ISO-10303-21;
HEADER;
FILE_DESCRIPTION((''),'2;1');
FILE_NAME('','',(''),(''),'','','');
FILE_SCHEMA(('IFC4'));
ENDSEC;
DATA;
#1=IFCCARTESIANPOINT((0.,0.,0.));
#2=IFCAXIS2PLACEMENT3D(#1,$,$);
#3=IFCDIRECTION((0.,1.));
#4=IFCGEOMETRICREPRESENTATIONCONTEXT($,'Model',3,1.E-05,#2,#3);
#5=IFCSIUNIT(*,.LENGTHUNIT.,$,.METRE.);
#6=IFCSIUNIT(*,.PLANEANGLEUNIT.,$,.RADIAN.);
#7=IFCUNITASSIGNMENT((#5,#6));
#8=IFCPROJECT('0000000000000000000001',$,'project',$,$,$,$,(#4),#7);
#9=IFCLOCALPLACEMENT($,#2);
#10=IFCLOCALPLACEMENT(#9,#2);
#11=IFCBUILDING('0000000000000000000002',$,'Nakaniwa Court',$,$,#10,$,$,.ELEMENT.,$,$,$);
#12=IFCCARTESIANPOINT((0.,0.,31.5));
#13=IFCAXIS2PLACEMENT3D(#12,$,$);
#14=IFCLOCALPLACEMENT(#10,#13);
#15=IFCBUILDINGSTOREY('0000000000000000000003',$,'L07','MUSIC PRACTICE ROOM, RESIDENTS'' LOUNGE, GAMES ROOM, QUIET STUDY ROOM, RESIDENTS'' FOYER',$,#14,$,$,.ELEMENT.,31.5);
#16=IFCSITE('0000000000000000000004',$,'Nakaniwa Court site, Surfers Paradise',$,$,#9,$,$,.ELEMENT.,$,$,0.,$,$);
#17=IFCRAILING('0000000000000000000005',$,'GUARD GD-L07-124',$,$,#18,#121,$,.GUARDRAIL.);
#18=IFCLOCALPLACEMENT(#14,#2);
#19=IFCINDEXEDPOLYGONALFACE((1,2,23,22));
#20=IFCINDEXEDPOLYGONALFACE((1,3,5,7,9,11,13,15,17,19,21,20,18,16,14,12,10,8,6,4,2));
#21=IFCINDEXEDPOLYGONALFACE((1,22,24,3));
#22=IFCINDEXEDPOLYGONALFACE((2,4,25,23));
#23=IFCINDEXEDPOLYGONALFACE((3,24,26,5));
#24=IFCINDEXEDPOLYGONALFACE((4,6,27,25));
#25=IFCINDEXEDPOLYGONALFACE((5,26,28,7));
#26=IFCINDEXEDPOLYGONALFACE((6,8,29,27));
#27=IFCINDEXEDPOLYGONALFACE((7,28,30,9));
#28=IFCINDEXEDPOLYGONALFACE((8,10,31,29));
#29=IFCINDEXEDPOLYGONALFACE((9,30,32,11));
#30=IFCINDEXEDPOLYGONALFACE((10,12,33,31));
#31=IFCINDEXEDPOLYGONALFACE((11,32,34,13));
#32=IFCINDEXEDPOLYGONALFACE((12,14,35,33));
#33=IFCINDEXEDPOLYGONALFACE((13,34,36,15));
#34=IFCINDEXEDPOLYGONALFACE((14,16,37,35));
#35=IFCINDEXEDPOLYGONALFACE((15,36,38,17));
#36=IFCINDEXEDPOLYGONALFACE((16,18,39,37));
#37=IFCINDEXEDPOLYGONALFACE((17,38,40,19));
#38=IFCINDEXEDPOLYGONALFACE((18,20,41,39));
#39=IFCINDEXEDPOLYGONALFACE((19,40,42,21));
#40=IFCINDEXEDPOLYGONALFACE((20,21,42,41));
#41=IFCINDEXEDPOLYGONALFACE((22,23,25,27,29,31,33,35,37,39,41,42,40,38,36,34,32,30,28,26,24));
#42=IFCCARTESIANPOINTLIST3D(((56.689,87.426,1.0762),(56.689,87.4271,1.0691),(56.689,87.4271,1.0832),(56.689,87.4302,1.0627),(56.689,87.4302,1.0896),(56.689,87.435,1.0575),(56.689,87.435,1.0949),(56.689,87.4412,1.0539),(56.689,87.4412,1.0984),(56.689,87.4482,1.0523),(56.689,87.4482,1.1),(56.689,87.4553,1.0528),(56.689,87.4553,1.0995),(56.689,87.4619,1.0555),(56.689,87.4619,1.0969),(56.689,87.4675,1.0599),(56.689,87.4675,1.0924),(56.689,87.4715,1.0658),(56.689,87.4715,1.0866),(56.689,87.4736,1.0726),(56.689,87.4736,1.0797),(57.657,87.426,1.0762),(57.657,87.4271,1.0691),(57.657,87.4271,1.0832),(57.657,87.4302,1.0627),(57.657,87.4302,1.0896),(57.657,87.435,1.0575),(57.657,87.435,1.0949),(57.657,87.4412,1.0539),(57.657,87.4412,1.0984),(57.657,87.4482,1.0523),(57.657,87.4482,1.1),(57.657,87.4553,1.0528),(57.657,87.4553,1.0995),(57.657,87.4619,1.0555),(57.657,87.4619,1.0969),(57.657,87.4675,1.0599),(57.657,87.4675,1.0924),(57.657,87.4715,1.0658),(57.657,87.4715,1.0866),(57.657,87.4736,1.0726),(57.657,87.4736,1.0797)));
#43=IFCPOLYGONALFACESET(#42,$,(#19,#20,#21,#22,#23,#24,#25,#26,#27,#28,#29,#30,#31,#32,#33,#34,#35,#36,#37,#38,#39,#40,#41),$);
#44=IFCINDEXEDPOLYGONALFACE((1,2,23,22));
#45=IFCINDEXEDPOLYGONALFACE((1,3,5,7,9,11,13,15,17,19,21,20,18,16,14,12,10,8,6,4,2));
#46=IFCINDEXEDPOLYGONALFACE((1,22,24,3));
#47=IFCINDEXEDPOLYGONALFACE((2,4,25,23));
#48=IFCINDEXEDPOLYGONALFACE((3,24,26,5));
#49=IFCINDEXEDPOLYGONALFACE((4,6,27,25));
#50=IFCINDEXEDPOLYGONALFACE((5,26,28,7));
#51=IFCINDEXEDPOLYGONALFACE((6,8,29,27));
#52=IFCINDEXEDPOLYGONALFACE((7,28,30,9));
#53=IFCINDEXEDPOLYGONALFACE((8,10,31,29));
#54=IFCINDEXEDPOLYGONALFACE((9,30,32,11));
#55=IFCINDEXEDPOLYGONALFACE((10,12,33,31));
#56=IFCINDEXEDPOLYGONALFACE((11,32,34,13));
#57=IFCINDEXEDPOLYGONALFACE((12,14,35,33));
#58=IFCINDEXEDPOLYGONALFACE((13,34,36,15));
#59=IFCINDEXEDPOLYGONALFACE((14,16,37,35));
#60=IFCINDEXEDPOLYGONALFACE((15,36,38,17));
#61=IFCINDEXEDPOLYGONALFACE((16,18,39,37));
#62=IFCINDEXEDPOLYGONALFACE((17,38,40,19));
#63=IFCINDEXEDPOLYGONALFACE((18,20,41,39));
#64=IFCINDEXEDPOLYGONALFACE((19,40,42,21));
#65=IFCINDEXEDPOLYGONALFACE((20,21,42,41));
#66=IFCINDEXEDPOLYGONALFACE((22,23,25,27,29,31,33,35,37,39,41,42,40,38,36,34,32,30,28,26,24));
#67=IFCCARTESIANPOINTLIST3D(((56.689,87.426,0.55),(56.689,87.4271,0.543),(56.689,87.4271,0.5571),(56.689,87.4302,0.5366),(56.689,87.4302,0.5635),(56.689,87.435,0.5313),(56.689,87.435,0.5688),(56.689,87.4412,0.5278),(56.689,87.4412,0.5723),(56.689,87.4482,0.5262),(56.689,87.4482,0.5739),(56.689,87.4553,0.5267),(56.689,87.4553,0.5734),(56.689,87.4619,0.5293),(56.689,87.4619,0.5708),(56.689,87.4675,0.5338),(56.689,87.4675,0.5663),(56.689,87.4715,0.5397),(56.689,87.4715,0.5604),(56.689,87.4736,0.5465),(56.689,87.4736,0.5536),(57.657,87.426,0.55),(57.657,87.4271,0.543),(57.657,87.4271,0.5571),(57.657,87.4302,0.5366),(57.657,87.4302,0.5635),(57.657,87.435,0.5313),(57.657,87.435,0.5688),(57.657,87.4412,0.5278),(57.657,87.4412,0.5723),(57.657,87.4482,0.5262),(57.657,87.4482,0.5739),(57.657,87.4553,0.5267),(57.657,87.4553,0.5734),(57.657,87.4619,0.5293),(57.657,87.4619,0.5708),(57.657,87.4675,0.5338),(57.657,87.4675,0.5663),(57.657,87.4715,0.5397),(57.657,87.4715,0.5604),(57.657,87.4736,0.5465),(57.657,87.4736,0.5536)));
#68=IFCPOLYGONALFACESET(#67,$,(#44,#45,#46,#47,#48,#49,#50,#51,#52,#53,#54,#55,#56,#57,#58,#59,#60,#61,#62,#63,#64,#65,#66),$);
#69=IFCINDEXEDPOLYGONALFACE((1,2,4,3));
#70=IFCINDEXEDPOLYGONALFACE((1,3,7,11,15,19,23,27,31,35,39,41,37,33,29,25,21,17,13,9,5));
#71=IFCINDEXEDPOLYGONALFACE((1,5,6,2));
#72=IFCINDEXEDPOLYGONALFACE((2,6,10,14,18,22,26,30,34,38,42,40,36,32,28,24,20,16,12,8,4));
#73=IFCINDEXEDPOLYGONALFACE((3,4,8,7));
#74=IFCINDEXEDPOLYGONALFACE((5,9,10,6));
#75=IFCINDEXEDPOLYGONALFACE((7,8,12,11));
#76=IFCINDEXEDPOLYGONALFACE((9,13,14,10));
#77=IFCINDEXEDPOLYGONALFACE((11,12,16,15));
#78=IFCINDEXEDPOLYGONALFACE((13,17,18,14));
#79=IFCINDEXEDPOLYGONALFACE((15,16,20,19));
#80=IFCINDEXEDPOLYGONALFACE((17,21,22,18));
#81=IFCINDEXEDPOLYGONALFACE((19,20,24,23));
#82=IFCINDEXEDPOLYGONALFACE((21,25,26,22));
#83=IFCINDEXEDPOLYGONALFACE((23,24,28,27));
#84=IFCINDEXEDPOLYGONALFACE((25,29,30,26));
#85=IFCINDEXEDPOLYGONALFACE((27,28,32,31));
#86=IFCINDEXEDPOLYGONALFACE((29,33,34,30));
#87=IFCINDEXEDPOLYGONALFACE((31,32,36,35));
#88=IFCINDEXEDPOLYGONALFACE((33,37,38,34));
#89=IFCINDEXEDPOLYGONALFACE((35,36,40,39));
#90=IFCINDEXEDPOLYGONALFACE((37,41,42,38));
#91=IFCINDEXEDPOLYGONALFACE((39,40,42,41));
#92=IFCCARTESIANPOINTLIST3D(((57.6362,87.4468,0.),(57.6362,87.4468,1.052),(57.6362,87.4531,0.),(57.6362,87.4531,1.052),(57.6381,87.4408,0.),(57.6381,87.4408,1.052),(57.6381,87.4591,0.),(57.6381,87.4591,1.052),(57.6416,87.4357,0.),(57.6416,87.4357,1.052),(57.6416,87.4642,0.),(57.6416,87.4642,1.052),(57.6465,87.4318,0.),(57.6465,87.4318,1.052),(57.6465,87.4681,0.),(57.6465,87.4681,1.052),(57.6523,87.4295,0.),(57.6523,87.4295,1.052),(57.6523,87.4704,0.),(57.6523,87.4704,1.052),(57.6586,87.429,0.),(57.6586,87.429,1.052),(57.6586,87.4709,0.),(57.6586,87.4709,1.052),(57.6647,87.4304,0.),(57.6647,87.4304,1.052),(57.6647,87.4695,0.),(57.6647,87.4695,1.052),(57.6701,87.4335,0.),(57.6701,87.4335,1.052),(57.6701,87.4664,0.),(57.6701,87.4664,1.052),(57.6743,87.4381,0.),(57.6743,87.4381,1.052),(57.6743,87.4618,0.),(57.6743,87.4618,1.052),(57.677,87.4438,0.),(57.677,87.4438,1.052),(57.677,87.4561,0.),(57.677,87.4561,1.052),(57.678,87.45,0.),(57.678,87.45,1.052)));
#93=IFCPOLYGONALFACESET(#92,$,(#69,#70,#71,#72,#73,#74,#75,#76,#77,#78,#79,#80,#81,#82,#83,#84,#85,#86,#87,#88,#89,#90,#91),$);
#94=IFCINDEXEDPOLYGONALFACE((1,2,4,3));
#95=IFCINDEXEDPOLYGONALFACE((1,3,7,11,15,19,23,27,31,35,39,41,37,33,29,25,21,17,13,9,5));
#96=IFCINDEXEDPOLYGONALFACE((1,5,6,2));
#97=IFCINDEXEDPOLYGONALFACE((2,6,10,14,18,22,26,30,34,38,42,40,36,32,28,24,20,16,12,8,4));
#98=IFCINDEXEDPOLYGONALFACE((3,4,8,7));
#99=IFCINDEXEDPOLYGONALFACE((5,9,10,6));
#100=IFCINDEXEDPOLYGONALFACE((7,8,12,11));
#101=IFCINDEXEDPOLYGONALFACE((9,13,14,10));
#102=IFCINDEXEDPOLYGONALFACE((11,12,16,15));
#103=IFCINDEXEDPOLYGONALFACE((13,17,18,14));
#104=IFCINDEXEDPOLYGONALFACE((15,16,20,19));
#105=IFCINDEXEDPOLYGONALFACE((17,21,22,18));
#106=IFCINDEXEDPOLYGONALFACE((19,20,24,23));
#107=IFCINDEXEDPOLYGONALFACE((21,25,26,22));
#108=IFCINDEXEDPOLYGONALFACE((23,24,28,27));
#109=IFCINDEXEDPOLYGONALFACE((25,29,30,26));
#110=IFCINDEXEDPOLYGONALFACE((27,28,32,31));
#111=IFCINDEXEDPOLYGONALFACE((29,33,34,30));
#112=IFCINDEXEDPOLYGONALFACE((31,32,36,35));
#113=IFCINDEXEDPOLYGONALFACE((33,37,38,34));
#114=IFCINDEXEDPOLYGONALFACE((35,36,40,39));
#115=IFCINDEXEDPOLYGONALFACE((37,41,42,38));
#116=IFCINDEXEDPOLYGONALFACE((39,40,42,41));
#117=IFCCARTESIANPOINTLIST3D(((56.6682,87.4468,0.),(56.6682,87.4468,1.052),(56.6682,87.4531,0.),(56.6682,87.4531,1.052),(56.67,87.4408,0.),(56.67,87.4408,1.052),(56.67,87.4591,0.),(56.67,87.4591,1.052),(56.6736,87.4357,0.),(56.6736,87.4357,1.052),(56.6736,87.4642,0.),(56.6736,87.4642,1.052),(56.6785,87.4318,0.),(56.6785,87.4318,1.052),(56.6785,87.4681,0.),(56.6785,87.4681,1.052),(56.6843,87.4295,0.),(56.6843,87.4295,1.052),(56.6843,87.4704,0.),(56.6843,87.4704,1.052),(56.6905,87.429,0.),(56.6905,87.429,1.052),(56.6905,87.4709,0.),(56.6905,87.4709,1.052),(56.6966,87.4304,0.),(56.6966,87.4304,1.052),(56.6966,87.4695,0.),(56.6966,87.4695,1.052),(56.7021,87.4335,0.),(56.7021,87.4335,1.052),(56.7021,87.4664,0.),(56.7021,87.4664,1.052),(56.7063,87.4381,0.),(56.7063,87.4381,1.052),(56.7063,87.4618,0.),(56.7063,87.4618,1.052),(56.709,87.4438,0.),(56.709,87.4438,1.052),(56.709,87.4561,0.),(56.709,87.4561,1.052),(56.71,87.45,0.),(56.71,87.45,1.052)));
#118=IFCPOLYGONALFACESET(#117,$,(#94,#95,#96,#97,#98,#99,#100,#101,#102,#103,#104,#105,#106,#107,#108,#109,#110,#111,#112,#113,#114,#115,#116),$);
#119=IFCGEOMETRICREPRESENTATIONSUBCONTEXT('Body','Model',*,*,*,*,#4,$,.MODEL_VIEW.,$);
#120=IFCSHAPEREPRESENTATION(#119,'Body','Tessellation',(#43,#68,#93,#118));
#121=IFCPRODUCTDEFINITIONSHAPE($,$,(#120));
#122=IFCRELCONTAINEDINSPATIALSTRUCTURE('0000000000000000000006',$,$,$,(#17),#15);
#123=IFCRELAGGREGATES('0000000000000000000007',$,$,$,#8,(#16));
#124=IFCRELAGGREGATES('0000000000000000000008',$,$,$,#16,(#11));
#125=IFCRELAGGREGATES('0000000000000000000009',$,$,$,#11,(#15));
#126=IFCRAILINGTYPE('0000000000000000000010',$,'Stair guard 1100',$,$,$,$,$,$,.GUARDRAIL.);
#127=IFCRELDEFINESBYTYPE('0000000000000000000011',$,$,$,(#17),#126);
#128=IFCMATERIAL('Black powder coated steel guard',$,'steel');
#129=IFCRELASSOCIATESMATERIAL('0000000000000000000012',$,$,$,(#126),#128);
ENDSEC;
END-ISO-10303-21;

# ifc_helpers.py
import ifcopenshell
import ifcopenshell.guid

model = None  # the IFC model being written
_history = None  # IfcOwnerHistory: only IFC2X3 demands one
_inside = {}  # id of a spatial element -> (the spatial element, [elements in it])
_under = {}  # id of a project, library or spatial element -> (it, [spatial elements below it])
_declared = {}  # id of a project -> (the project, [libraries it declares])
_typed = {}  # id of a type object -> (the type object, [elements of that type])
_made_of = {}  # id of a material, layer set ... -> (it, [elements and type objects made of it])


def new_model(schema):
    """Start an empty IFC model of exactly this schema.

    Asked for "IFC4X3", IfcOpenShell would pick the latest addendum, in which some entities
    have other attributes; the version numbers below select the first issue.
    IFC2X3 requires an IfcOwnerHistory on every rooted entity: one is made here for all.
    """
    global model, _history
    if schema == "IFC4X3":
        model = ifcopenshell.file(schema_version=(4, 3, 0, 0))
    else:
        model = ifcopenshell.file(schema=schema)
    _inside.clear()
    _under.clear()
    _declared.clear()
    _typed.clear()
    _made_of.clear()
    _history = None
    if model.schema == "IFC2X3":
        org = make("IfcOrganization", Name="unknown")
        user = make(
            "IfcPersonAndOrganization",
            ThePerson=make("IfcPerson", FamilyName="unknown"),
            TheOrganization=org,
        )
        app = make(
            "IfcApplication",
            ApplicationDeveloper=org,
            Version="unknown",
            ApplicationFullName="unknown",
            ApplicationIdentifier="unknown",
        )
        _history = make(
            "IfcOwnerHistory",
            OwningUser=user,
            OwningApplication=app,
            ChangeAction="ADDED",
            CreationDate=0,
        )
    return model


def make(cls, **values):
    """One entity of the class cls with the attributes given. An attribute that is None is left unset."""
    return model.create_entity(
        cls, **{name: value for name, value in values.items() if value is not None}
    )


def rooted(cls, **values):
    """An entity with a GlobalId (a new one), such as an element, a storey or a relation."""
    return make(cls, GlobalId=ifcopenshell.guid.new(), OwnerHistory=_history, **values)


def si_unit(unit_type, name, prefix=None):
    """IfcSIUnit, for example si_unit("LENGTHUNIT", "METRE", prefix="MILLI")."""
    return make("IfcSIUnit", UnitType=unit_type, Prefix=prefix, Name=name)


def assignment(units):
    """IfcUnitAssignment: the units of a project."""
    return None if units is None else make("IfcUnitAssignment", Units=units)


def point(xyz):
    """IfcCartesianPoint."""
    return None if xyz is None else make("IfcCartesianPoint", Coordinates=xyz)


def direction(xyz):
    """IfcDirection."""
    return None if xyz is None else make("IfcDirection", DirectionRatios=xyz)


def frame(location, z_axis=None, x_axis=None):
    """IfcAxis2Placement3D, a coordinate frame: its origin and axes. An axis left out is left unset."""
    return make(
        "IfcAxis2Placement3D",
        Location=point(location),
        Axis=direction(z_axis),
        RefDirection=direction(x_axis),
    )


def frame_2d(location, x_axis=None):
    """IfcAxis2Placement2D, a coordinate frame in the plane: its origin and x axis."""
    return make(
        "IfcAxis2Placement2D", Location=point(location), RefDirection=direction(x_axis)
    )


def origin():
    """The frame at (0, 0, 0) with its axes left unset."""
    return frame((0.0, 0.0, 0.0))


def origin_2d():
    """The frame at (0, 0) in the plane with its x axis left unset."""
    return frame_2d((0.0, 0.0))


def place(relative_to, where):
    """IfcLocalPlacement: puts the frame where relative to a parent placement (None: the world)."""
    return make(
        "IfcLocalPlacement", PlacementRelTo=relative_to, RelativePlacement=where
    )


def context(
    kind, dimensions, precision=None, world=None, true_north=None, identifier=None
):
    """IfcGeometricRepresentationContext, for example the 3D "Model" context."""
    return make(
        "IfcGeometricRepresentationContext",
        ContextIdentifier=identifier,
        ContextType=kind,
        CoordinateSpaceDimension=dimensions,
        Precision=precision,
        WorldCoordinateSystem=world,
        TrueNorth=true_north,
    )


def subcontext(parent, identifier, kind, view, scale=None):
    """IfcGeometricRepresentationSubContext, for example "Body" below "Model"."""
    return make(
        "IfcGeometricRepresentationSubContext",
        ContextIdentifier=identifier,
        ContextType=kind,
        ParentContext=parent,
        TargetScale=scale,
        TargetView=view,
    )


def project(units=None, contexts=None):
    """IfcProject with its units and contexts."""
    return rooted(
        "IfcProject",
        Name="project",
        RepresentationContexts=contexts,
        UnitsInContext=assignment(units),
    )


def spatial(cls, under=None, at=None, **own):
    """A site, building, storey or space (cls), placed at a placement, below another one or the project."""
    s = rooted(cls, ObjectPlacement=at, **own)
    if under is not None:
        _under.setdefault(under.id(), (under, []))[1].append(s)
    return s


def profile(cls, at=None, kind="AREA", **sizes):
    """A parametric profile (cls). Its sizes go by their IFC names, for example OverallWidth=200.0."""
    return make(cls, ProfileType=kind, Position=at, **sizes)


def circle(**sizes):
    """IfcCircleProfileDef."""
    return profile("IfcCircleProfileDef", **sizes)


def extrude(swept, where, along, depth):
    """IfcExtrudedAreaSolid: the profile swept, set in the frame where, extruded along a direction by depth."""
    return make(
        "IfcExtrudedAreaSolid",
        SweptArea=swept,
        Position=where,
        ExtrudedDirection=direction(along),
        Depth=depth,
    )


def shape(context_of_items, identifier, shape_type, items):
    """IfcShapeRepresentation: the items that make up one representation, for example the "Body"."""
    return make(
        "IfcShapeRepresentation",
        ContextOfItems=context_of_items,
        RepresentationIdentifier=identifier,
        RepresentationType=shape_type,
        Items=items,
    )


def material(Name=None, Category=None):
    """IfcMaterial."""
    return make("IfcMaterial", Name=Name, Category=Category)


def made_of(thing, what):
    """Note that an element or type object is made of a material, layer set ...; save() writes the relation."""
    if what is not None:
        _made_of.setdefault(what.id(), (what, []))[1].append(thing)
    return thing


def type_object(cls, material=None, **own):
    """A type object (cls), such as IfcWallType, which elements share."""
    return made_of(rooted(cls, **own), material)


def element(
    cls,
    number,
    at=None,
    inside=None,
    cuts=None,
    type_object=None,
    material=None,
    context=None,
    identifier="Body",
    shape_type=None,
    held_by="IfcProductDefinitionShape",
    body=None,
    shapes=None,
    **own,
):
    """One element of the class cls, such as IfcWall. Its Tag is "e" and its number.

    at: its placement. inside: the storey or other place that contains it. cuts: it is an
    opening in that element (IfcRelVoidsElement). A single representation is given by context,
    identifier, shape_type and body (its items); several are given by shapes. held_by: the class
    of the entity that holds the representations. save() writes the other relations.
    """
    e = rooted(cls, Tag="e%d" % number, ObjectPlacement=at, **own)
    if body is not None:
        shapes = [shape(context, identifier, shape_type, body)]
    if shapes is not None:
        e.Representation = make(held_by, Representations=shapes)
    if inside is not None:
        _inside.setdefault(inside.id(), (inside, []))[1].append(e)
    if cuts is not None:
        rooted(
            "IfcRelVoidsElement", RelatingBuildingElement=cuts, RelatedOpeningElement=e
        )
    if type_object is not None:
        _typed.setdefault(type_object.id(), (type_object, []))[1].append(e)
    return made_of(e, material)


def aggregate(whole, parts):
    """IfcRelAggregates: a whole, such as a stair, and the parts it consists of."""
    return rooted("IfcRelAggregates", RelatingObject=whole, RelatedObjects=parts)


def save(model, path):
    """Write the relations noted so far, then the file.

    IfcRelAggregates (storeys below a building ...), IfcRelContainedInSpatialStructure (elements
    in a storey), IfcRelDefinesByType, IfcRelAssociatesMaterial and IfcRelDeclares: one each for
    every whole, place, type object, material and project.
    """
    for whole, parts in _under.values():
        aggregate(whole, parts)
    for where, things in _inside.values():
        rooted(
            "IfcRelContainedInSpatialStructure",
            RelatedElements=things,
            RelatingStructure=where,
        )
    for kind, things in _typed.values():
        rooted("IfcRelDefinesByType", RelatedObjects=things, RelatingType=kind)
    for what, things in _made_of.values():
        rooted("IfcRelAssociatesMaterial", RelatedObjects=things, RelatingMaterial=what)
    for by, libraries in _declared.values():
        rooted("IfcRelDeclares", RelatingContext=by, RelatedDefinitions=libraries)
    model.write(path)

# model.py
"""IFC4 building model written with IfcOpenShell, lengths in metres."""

from ifc_helpers import new_model, si_unit, direction, frame, origin, origin_2d, place, context, subcontext, project, spatial, circle, extrude, material, type_object, element, save


model = new_model("IFC4")

# Units and contexts
model_context = context("Model", 3, precision=1e-05, world=origin(), true_north=direction((0.0, 1.0)))
body_context = subcontext(model_context, "Body", "Model", "MODEL_VIEW")
ifc_project = project(units=[si_unit("LENGTHUNIT", "METRE"), si_unit("PLANEANGLEUNIT", "RADIAN")], contexts=[model_context])

# Site, building, storey
site_placement = place(None, origin())
site = spatial("IfcSite", under=ifc_project, at=site_placement, Name="Nakaniwa Court site, Surfers Paradise", CompositionType="ELEMENT", RefElevation=0.0)
building_placement = place(site_placement, origin())
building = spatial("IfcBuilding", under=site, at=building_placement, Name="Nakaniwa Court", CompositionType="ELEMENT")
storey_placement = place(building_placement, frame((0.0, 0.0, 31.5)))
storey = spatial("IfcBuildingStorey", under=building, at=storey_placement, Name="L07", Description="MUSIC PRACTICE ROOM, RESIDENTS' LOUNGE, GAMES ROOM, QUIET STUDY ROOM, RESIDENTS' FOYER", CompositionType="ELEMENT", Elevation=31.5)

# Railing
ifc_material_1 = material(Name="Black powder coated steel guard", Category="steel")
railing_type = type_object("IfcRailingType", Name="Stair guard 1100", PredefinedType="GUARDRAIL", material=ifc_material_1)
railing_1_placement = place(storey_placement, frame((57.657, 87.45, 0.0)))
element("IfcRailing", 1, at=railing_1_placement, inside=storey, type_object=railing_type, Name="GUARD GD-L07-124", PredefinedType="GUARDRAIL", context=body_context, shape_type="SweptSolid", body=[
    extrude(circle(Radius=0.0239, at=origin_2d()), frame((0.0, 0.0, 1.0762), z_axis=(-1.0, 0.0, 0.0), x_axis=(0.0, -1.0, 0.0)), (0.0, 0.0, 1.0), 0.968),
    extrude(circle(Radius=0.0239, at=origin_2d()), frame((0.0, 0.0, 0.55), z_axis=(-1.0, 0.0, 0.0), x_axis=(0.0, -1.0, 0.0)), (0.0, 0.0, 1.0), 0.968),
    extrude(circle(Radius=0.021, at=origin_2d()), origin(), (0.0, 0.0, 1.0), 1.052),
    extrude(circle(Radius=0.021, at=origin_2d()), frame((-0.968, 0.0, 0.0)), (0.0, 0.0, 1.0), 1.052),
])

save(model, "model.ifc")
